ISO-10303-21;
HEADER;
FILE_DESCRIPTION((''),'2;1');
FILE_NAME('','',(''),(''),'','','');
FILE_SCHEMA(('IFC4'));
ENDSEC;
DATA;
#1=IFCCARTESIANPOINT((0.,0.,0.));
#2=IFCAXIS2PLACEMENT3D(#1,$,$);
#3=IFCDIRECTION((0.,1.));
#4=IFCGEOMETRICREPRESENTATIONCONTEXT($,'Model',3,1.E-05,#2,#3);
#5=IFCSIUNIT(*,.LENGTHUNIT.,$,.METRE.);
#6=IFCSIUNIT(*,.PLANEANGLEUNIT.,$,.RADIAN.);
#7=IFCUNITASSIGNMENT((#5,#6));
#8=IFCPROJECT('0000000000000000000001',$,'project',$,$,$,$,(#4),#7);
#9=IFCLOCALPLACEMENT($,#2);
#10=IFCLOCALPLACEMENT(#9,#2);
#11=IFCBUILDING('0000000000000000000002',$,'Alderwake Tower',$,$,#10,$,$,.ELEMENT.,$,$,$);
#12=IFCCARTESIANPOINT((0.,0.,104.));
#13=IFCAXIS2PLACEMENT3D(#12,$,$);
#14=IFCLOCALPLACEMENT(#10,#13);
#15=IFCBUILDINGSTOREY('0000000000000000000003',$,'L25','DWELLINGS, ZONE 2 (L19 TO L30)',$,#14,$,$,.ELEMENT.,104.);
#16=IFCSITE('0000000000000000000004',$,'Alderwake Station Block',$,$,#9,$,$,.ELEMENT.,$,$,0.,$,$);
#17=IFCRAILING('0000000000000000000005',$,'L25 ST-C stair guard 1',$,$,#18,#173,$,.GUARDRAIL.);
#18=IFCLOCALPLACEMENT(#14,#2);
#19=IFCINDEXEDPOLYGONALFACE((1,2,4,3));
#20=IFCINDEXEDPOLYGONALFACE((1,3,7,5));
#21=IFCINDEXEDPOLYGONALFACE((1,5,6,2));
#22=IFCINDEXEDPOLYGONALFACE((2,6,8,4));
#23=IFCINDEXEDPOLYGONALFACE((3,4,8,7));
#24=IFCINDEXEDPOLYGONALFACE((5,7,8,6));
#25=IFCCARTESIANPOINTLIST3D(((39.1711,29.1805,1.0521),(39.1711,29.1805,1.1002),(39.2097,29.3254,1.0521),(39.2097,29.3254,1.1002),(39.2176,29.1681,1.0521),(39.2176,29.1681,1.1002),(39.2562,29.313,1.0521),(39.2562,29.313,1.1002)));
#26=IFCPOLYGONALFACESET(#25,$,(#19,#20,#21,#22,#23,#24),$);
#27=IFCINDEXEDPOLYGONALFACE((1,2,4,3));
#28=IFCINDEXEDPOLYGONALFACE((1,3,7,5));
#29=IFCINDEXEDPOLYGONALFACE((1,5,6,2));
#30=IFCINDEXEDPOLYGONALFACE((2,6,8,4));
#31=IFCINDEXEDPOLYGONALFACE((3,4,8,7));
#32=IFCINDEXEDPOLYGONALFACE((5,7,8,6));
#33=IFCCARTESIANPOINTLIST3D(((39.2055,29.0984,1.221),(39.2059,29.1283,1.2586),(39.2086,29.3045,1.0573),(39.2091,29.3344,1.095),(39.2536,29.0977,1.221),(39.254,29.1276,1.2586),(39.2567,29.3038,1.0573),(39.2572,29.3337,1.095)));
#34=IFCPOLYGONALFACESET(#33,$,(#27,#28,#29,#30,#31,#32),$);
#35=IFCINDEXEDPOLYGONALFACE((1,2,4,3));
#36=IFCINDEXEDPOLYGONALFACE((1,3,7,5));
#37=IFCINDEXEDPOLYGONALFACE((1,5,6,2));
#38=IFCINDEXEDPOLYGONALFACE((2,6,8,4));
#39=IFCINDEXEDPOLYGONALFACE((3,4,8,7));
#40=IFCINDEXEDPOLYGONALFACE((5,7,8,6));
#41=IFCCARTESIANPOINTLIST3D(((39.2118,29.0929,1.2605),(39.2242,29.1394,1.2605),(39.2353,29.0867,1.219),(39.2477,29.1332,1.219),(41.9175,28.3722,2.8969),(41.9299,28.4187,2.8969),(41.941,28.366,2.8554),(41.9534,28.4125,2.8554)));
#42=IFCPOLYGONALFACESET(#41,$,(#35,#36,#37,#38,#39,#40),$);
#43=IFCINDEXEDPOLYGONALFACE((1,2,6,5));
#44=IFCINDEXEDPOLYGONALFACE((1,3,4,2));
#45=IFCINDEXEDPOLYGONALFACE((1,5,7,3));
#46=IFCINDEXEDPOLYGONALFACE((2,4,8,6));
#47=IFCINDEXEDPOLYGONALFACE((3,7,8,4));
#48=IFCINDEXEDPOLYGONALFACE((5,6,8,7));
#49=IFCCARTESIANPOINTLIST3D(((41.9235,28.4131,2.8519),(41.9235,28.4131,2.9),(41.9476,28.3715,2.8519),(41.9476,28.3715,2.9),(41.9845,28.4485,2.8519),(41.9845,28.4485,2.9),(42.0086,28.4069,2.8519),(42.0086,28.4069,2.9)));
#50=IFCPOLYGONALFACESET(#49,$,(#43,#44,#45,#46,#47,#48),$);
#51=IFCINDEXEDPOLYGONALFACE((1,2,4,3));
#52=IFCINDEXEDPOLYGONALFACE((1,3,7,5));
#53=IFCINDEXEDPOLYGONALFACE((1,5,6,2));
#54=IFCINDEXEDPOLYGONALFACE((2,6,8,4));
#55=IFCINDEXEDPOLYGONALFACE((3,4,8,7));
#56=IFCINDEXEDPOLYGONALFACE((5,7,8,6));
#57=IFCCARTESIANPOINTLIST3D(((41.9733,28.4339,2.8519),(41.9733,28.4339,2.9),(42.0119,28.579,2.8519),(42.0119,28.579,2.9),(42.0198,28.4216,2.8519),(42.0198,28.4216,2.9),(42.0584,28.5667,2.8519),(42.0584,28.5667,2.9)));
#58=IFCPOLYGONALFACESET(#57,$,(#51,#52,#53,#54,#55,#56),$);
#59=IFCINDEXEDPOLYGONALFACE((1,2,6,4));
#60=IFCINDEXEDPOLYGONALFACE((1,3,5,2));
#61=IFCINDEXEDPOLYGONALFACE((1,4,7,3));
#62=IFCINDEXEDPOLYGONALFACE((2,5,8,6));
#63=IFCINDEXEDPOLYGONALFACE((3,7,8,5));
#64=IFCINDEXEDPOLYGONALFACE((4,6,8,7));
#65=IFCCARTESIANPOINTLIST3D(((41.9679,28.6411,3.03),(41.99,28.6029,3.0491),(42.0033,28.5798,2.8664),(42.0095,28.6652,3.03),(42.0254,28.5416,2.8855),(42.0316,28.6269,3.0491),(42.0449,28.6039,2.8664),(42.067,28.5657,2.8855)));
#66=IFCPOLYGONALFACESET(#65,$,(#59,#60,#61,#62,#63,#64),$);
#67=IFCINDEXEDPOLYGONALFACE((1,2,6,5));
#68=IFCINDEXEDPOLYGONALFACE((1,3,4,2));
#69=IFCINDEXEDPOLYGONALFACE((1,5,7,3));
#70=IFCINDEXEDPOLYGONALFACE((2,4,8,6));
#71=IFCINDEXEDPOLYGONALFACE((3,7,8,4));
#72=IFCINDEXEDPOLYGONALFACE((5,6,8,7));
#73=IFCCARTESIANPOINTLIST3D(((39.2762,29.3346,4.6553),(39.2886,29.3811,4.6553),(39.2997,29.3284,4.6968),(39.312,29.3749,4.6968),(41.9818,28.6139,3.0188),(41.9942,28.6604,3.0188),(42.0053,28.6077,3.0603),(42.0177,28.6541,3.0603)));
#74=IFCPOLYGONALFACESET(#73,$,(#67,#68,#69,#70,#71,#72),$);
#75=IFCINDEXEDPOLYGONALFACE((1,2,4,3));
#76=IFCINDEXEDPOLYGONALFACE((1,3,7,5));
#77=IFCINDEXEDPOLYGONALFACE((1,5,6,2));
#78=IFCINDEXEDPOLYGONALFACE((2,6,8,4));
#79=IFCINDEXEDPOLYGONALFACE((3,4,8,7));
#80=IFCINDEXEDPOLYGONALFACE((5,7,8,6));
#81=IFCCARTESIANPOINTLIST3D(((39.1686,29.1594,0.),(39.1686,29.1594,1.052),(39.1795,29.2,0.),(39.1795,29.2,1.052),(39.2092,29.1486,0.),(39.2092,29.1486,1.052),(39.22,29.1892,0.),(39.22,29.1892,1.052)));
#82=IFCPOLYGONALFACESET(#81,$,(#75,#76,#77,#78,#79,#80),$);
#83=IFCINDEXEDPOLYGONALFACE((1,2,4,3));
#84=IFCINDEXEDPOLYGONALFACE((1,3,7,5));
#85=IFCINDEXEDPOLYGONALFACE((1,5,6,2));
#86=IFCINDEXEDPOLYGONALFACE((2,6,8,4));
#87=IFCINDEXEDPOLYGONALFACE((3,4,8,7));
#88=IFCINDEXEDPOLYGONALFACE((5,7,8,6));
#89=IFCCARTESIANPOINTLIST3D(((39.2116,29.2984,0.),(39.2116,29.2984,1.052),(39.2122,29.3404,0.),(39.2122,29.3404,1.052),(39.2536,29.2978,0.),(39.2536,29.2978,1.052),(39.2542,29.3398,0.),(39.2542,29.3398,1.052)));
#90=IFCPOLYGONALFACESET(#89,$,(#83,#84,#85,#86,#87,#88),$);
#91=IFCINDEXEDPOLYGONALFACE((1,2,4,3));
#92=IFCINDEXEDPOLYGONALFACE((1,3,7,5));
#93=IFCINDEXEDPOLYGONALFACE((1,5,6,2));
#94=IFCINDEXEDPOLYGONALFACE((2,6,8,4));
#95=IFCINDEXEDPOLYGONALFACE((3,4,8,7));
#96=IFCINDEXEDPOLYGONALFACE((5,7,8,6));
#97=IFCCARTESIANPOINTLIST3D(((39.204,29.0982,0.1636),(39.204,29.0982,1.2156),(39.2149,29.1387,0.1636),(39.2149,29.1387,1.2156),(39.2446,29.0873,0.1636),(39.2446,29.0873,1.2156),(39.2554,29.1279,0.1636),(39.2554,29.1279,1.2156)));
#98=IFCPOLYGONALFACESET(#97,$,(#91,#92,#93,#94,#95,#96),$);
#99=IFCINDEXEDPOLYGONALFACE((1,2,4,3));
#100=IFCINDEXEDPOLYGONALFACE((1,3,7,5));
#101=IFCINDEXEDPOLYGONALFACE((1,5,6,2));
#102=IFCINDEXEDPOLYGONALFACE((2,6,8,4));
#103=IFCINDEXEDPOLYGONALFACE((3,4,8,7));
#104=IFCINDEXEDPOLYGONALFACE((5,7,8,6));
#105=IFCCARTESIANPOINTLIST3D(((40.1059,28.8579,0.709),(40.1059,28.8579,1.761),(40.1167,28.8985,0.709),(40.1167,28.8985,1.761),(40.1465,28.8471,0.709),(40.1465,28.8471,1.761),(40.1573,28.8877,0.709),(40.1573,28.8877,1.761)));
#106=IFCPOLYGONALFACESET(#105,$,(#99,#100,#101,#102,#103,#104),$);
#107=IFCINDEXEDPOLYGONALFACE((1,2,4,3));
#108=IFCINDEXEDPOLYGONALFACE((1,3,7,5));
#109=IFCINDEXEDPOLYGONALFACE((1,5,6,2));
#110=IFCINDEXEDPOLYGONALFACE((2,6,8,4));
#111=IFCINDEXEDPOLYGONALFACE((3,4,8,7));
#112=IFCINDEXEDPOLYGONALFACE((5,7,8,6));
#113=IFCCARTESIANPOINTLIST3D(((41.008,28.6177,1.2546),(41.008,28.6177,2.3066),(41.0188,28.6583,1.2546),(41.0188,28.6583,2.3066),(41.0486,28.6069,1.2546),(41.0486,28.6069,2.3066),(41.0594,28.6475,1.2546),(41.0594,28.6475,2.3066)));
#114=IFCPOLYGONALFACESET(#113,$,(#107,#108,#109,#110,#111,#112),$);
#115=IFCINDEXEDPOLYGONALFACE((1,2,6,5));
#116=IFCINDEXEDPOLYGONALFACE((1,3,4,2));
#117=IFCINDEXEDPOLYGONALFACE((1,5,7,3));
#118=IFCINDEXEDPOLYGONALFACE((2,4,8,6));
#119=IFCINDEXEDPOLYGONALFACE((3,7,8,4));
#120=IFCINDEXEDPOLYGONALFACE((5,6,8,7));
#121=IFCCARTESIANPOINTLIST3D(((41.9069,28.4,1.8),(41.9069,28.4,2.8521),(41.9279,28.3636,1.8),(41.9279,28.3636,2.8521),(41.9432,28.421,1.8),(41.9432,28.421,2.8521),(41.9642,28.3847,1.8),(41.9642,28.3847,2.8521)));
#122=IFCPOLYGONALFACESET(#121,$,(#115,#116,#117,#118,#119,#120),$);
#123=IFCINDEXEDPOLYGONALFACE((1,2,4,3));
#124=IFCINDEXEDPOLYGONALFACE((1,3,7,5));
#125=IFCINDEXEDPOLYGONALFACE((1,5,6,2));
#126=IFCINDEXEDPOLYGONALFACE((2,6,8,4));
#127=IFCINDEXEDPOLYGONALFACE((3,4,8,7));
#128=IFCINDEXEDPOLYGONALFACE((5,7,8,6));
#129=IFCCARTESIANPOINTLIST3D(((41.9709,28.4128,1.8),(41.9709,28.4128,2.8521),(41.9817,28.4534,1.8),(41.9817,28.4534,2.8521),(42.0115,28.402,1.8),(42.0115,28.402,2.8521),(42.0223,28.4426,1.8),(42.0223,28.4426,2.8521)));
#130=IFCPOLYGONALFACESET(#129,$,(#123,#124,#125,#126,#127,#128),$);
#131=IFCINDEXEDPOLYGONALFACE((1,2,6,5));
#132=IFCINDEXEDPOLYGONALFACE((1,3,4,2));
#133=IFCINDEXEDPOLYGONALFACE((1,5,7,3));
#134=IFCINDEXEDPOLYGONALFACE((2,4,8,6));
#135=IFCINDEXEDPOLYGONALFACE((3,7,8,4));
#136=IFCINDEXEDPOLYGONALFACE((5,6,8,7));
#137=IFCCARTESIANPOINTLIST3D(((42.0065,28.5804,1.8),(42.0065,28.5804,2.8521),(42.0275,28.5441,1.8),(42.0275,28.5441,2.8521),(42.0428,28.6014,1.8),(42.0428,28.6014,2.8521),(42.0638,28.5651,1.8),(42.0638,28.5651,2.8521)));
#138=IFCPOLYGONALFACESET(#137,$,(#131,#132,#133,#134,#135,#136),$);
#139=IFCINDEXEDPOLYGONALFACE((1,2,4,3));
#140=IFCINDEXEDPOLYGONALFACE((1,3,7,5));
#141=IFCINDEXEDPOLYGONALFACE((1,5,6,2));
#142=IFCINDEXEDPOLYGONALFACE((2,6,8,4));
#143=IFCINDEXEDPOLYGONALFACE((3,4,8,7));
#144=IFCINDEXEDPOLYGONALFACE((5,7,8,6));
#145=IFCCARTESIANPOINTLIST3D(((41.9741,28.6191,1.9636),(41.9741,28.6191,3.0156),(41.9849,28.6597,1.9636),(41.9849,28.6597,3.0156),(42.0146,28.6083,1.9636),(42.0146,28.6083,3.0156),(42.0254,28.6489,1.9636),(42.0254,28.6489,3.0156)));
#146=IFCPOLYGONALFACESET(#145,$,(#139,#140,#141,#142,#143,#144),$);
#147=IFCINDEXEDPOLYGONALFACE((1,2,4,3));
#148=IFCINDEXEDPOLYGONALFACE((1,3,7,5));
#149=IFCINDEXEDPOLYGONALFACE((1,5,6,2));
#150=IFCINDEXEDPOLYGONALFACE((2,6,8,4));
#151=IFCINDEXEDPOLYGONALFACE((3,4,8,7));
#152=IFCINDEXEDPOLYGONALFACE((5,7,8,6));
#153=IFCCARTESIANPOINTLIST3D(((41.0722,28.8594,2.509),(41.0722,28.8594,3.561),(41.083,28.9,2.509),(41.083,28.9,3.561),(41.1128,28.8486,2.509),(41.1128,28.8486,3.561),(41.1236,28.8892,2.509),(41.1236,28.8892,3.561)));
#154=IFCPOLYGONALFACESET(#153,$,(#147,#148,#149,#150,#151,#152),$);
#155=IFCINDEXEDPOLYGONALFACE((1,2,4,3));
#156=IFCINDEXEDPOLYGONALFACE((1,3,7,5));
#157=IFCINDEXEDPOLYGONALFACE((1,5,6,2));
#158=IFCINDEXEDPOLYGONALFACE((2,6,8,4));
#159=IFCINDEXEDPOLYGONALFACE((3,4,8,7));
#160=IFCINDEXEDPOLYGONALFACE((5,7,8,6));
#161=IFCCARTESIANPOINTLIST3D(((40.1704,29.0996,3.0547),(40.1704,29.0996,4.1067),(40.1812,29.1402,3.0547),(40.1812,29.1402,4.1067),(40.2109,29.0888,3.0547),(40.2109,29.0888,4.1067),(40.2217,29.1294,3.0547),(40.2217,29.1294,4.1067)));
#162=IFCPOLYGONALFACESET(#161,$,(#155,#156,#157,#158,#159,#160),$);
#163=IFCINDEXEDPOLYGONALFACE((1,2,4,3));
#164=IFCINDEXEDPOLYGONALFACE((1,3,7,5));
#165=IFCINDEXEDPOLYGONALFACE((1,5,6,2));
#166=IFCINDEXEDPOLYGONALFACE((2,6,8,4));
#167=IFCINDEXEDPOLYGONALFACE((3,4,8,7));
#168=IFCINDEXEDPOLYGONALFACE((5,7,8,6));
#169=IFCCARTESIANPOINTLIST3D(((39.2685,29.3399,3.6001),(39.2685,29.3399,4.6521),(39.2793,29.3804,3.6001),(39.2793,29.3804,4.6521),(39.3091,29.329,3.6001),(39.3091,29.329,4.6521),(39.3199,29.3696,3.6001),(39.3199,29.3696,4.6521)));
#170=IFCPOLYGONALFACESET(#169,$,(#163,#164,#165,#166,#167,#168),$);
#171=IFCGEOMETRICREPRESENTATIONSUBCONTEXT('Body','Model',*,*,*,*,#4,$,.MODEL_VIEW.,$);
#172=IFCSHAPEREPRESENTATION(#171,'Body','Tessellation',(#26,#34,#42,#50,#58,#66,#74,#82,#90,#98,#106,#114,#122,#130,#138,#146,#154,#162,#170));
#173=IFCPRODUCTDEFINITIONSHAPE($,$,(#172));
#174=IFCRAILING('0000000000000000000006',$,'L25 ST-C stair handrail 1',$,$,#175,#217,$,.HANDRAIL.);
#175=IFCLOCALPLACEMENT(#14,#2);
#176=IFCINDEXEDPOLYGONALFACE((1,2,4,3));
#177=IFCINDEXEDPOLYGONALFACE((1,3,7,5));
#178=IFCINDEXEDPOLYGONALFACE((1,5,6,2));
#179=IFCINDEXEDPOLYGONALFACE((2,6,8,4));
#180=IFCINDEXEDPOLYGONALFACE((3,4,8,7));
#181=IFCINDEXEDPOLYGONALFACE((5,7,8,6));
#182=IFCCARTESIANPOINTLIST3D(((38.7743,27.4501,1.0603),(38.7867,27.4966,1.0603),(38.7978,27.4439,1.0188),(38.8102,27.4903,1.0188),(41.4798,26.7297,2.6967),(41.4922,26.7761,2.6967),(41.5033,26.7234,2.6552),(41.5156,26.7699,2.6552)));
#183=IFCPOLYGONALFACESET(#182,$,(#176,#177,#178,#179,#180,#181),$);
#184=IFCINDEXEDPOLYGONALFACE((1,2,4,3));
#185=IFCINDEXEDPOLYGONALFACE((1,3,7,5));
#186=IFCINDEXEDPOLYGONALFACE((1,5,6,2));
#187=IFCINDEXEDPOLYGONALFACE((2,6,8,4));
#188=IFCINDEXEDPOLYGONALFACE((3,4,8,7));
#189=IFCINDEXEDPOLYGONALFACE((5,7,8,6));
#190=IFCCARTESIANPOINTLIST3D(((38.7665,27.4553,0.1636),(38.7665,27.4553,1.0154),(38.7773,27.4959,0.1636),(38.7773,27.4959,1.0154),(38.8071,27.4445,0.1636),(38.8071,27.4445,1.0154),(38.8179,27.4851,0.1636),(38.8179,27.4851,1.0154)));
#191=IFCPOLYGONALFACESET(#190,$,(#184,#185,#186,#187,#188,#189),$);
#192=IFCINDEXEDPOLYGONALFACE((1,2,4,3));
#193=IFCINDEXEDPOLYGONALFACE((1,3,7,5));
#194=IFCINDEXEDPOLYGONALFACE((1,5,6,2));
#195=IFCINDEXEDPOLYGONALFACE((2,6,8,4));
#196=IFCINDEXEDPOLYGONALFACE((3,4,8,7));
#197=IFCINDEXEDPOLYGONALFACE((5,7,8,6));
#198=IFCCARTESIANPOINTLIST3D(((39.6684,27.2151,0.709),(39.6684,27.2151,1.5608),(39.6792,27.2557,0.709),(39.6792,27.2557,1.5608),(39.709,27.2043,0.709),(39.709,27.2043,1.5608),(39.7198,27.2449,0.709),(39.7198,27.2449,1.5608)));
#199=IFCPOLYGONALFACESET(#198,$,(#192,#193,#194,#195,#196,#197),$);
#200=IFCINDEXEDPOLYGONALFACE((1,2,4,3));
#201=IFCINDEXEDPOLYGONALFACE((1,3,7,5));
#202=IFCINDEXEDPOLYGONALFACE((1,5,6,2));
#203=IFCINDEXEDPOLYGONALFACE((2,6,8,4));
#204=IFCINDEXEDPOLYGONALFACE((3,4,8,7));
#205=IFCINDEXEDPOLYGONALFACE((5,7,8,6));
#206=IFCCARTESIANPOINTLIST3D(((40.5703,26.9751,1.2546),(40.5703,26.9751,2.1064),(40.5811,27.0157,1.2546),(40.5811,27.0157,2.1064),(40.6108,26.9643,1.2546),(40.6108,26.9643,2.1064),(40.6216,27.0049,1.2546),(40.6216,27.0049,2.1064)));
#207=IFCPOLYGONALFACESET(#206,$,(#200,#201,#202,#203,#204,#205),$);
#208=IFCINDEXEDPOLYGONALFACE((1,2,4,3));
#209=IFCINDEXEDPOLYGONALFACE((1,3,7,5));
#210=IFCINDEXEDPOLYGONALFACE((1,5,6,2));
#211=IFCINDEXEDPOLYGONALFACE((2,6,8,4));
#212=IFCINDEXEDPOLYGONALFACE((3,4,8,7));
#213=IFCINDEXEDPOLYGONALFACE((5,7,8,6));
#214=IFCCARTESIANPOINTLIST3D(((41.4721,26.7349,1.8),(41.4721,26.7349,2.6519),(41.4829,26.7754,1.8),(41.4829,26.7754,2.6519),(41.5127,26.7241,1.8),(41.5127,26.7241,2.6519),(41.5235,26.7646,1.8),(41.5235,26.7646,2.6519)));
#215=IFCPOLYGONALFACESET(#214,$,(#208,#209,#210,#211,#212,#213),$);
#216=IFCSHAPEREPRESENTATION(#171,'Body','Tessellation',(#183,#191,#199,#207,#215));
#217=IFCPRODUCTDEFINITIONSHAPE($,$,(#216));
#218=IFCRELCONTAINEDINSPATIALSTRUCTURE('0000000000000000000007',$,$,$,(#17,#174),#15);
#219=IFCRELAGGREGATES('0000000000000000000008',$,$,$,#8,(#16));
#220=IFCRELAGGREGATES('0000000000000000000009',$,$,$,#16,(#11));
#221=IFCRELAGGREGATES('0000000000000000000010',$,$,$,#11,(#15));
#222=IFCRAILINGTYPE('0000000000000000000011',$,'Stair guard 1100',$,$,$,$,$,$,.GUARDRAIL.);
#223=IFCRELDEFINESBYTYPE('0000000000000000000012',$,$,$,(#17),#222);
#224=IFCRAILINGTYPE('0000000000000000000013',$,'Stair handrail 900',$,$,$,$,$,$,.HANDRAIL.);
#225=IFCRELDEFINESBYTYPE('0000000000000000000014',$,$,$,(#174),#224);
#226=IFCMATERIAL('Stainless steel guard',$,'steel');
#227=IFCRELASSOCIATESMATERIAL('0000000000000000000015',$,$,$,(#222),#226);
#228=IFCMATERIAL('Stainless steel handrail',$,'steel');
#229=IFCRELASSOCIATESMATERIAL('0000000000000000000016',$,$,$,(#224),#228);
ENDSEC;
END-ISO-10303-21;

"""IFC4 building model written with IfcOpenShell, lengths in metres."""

from ifc_helpers import new_model, si_unit, direction, frame, origin, origin_2d, place, context, subcontext, project, spatial, rectangle, extrude, material, type_object, element, save


model = new_model("IFC4")

# Units and contexts
model_context = context("Model", 3, precision=1e-05, world=origin(), true_north=direction((0.0, 1.0)))
body_context = subcontext(model_context, "Body", "Model", "MODEL_VIEW")
ifc_project = project(units=[si_unit("LENGTHUNIT", "METRE"), si_unit("PLANEANGLEUNIT", "RADIAN")], contexts=[model_context])

# Site, building, storey
site_placement = place(None, origin())
site = spatial("IfcSite", under=ifc_project, at=site_placement, Name="Alderwake Station Block", CompositionType="ELEMENT", RefElevation=0.0)
building_placement = place(site_placement, origin())
building = spatial("IfcBuilding", under=site, at=building_placement, Name="Alderwake Tower", CompositionType="ELEMENT")
storey_placement = place(building_placement, frame((0.0, 0.0, 104.0)))
storey = spatial("IfcBuildingStorey", under=building, at=storey_placement, Name="L25", Description="DWELLINGS, ZONE 2 (L19 TO L30)", CompositionType="ELEMENT", Elevation=104.0)

# Railings
ifc_material_1 = material(Name="Stainless steel guard", Category="steel")
railing_type_1 = type_object("IfcRailingType", Name="Stair guard 1100", PredefinedType="GUARDRAIL", material=ifc_material_1)
railing_1_placement = place(storey_placement, frame((39.1943, 29.1743, 0.0)))
element("IfcRailing", 1, at=railing_1_placement, inside=storey, type_object=railing_type_1, Name="L25 ST-C stair guard 1", PredefinedType="GUARDRAIL", context=body_context, shape_type="SweptSolid", body=[
    extrude(rectangle(XDim=0.0481, YDim=0.0481, at=origin_2d()), frame((0.0, 0.0, 1.0762), z_axis=(0.25746, 0.966289, 0.0), x_axis=(-0.966289, 0.25746, 0.0)), (0.0, 0.0, 1.0), 0.1499),
    extrude(rectangle(XDim=0.0481, YDim=0.0481, at=origin_2d()), frame((0.0386, 0.1448, 1.0762), z_axis=(-0.012063, -0.78316, 0.621703), x_axis=(0.999881, -0.015401, 0.0)), (0.0, 0.0, 1.0), 0.2632),
    extrude(rectangle(XDim=0.0481, YDim=0.0481, at=origin_2d()), frame((0.0354, -0.0613, 1.2397), z_axis=(0.834282, -0.222214, 0.504574), x_axis=(0.25738, 0.96631, 0.0)), (0.0, 0.0, 1.0), 3.2432),
    extrude(rectangle(XDim=0.0481, YDim=0.0481, at=origin_2d()), frame((2.7412, -0.782, 2.876), z_axis=(0.865031, 0.501718, 0.0), x_axis=(-0.501718, 0.865031, 0.0)), (0.0, 0.0, 1.0), 0.0706),
    extrude(rectangle(XDim=0.0481, YDim=0.0481, at=origin_2d()), frame((2.8022, -0.7466, 2.876), z_axis=(0.257055, 0.966397, 0.0), x_axis=(-0.966397, 0.257055, 0.0)), (0.0, 0.0, 1.0), 0.1501),
    extrude(rectangle(XDim=0.0481, YDim=0.0481, at=origin_2d()), frame((2.8408, -0.6016, 2.876), z_axis=(-0.198625, 0.343827, 0.917786), x_axis=(-0.865898, -0.50022, 0.0)), (0.0, 0.0, 1.0), 0.1782),
    extrude(rectangle(XDim=0.0481, YDim=0.0481, at=origin_2d()), frame((2.8054, -0.5403, 3.0396), z_axis=(-0.834259, 0.222228, 0.504605), x_axis=(-0.257402, -0.966304, 0.0)), (0.0, 0.0, 1.0), 3.2432),
    extrude(rectangle(XDim=0.042, YDim=0.042, at=origin_2d()), frame((0.0, 0.0, 0.0), z_axis=(0.0, 0.0, 1.0), x_axis=(0.25746, 0.966289, 0.0)), (0.0, 0.0, 1.0), 1.052),
    extrude(rectangle(XDim=0.042, YDim=0.042, at=origin_2d()), frame((0.0386, 0.1448, 0.0), z_axis=(0.0, 0.0, 1.0), x_axis=(-0.015401, -0.999881, 0.0)), (0.0, 0.0, 1.0), 1.052),
    extrude(rectangle(XDim=0.042, YDim=0.042, at=origin_2d()), frame((0.0354, -0.0613, 0.1636), z_axis=(0.0, 0.0, 1.0), x_axis=(0.96631, -0.25738, 0.0)), (0.0, 0.0, 1.0), 1.052),
    extrude(rectangle(XDim=0.042, YDim=0.042, at=origin_2d()), frame((0.9373, -0.3015, 0.709), z_axis=(0.0, 0.0, 1.0), x_axis=(0.96631, -0.25738, 0.0)), (0.0, 0.0, 1.0), 1.052),
    extrude(rectangle(XDim=0.042, YDim=0.042, at=origin_2d()), frame((1.8394, -0.5417, 1.2546), z_axis=(0.0, 0.0, 1.0), x_axis=(0.96631, -0.25738, 0.0)), (0.0, 0.0, 1.0), 1.052),
    extrude(rectangle(XDim=0.042, YDim=0.042, at=origin_2d()), frame((2.7412, -0.782, 1.8), z_axis=(0.0, 0.0, 1.0), x_axis=(0.865031, 0.501718, 0.0)), (0.0, 0.0, 1.0), 1.052),
    extrude(rectangle(XDim=0.042, YDim=0.042, at=origin_2d()), frame((2.8022, -0.7466, 1.8), z_axis=(0.0, 0.0, 1.0), x_axis=(0.257055, 0.966397, 0.0)), (0.0, 0.0, 1.0), 1.052),
    extrude(rectangle(XDim=0.042, YDim=0.042, at=origin_2d()), frame((2.8408, -0.6016, 1.8), z_axis=(0.0, 0.0, 1.0), x_axis=(-0.50022, 0.865898, 0.0)), (0.0, 0.0, 1.0), 1.052),
    extrude(rectangle(XDim=0.042, YDim=0.042, at=origin_2d()), frame((2.8054, -0.5403, 1.9636), z_axis=(0.0, 0.0, 1.0), x_axis=(-0.966304, 0.257402, 0.0)), (0.0, 0.0, 1.0), 1.052),
    extrude(rectangle(XDim=0.042, YDim=0.042, at=origin_2d()), frame((1.9036, -0.3, 2.509), z_axis=(0.0, 0.0, 1.0), x_axis=(-0.966304, 0.257402, 0.0)), (0.0, 0.0, 1.0), 1.052),
    extrude(rectangle(XDim=0.042, YDim=0.042, at=origin_2d()), frame((1.0017, -0.0598, 3.0547), z_axis=(0.0, 0.0, 1.0), x_axis=(-0.966304, 0.257402, 0.0)), (0.0, 0.0, 1.0), 1.052),
    extrude(rectangle(XDim=0.042, YDim=0.042, at=origin_2d()), frame((0.0999, 0.1804, 3.6001), z_axis=(0.0, 0.0, 1.0), x_axis=(-0.966304, 0.257402, 0.0)), (0.0, 0.0, 1.0), 1.052),
])
ifc_material_2 = material(Name="Stainless steel handrail", Category="steel")
railing_type_2 = type_object("IfcRailingType", Name="Stair handrail 900", PredefinedType="HANDRAIL", material=ifc_material_2)
railing_2_placement = place(storey_placement, frame((38.7922, 27.4702, 0.1636)))
element("IfcRailing", 2, at=railing_2_placement, inside=storey, type_object=railing_type_2, Name="L25 ST-C stair handrail 1", PredefinedType="HANDRAIL", context=body_context, shape_type="SweptSolid", body=[
    extrude(rectangle(XDim=0.0481, YDim=0.0481, at=origin_2d()), frame((0.0, 0.0, 0.876), z_axis=(0.834273, -0.222157, 0.504614), x_axis=(0.257321, 0.966326, 0.0)), (0.0, 0.0, 1.0), 3.2429),
    extrude(rectangle(XDim=0.042, YDim=0.042, at=origin_2d()), frame((0.0, 0.0, 0.0), z_axis=(0.0, 0.0, 1.0), x_axis=(0.966326, -0.257321, 0.0)), (0.0, 0.0, 1.0), 0.8518),
    extrude(rectangle(XDim=0.042, YDim=0.042, at=origin_2d()), frame((0.9019, -0.2402, 0.5454), z_axis=(0.0, 0.0, 1.0), x_axis=(0.966326, -0.257321, 0.0)), (0.0, 0.0, 1.0), 0.8518),
    extrude(rectangle(XDim=0.042, YDim=0.042, at=origin_2d()), frame((1.8037, -0.4802, 1.0911), z_axis=(0.0, 0.0, 1.0), x_axis=(0.966326, -0.257321, 0.0)), (0.0, 0.0, 1.0), 0.8518),
    extrude(rectangle(XDim=0.042, YDim=0.042, at=origin_2d()), frame((2.7056, -0.7205, 1.6365), z_axis=(0.0, 0.0, 1.0), x_axis=(0.966326, -0.257321, 0.0)), (0.0, 0.0, 1.0), 0.8518),
])

save(model, "model.ifc")
